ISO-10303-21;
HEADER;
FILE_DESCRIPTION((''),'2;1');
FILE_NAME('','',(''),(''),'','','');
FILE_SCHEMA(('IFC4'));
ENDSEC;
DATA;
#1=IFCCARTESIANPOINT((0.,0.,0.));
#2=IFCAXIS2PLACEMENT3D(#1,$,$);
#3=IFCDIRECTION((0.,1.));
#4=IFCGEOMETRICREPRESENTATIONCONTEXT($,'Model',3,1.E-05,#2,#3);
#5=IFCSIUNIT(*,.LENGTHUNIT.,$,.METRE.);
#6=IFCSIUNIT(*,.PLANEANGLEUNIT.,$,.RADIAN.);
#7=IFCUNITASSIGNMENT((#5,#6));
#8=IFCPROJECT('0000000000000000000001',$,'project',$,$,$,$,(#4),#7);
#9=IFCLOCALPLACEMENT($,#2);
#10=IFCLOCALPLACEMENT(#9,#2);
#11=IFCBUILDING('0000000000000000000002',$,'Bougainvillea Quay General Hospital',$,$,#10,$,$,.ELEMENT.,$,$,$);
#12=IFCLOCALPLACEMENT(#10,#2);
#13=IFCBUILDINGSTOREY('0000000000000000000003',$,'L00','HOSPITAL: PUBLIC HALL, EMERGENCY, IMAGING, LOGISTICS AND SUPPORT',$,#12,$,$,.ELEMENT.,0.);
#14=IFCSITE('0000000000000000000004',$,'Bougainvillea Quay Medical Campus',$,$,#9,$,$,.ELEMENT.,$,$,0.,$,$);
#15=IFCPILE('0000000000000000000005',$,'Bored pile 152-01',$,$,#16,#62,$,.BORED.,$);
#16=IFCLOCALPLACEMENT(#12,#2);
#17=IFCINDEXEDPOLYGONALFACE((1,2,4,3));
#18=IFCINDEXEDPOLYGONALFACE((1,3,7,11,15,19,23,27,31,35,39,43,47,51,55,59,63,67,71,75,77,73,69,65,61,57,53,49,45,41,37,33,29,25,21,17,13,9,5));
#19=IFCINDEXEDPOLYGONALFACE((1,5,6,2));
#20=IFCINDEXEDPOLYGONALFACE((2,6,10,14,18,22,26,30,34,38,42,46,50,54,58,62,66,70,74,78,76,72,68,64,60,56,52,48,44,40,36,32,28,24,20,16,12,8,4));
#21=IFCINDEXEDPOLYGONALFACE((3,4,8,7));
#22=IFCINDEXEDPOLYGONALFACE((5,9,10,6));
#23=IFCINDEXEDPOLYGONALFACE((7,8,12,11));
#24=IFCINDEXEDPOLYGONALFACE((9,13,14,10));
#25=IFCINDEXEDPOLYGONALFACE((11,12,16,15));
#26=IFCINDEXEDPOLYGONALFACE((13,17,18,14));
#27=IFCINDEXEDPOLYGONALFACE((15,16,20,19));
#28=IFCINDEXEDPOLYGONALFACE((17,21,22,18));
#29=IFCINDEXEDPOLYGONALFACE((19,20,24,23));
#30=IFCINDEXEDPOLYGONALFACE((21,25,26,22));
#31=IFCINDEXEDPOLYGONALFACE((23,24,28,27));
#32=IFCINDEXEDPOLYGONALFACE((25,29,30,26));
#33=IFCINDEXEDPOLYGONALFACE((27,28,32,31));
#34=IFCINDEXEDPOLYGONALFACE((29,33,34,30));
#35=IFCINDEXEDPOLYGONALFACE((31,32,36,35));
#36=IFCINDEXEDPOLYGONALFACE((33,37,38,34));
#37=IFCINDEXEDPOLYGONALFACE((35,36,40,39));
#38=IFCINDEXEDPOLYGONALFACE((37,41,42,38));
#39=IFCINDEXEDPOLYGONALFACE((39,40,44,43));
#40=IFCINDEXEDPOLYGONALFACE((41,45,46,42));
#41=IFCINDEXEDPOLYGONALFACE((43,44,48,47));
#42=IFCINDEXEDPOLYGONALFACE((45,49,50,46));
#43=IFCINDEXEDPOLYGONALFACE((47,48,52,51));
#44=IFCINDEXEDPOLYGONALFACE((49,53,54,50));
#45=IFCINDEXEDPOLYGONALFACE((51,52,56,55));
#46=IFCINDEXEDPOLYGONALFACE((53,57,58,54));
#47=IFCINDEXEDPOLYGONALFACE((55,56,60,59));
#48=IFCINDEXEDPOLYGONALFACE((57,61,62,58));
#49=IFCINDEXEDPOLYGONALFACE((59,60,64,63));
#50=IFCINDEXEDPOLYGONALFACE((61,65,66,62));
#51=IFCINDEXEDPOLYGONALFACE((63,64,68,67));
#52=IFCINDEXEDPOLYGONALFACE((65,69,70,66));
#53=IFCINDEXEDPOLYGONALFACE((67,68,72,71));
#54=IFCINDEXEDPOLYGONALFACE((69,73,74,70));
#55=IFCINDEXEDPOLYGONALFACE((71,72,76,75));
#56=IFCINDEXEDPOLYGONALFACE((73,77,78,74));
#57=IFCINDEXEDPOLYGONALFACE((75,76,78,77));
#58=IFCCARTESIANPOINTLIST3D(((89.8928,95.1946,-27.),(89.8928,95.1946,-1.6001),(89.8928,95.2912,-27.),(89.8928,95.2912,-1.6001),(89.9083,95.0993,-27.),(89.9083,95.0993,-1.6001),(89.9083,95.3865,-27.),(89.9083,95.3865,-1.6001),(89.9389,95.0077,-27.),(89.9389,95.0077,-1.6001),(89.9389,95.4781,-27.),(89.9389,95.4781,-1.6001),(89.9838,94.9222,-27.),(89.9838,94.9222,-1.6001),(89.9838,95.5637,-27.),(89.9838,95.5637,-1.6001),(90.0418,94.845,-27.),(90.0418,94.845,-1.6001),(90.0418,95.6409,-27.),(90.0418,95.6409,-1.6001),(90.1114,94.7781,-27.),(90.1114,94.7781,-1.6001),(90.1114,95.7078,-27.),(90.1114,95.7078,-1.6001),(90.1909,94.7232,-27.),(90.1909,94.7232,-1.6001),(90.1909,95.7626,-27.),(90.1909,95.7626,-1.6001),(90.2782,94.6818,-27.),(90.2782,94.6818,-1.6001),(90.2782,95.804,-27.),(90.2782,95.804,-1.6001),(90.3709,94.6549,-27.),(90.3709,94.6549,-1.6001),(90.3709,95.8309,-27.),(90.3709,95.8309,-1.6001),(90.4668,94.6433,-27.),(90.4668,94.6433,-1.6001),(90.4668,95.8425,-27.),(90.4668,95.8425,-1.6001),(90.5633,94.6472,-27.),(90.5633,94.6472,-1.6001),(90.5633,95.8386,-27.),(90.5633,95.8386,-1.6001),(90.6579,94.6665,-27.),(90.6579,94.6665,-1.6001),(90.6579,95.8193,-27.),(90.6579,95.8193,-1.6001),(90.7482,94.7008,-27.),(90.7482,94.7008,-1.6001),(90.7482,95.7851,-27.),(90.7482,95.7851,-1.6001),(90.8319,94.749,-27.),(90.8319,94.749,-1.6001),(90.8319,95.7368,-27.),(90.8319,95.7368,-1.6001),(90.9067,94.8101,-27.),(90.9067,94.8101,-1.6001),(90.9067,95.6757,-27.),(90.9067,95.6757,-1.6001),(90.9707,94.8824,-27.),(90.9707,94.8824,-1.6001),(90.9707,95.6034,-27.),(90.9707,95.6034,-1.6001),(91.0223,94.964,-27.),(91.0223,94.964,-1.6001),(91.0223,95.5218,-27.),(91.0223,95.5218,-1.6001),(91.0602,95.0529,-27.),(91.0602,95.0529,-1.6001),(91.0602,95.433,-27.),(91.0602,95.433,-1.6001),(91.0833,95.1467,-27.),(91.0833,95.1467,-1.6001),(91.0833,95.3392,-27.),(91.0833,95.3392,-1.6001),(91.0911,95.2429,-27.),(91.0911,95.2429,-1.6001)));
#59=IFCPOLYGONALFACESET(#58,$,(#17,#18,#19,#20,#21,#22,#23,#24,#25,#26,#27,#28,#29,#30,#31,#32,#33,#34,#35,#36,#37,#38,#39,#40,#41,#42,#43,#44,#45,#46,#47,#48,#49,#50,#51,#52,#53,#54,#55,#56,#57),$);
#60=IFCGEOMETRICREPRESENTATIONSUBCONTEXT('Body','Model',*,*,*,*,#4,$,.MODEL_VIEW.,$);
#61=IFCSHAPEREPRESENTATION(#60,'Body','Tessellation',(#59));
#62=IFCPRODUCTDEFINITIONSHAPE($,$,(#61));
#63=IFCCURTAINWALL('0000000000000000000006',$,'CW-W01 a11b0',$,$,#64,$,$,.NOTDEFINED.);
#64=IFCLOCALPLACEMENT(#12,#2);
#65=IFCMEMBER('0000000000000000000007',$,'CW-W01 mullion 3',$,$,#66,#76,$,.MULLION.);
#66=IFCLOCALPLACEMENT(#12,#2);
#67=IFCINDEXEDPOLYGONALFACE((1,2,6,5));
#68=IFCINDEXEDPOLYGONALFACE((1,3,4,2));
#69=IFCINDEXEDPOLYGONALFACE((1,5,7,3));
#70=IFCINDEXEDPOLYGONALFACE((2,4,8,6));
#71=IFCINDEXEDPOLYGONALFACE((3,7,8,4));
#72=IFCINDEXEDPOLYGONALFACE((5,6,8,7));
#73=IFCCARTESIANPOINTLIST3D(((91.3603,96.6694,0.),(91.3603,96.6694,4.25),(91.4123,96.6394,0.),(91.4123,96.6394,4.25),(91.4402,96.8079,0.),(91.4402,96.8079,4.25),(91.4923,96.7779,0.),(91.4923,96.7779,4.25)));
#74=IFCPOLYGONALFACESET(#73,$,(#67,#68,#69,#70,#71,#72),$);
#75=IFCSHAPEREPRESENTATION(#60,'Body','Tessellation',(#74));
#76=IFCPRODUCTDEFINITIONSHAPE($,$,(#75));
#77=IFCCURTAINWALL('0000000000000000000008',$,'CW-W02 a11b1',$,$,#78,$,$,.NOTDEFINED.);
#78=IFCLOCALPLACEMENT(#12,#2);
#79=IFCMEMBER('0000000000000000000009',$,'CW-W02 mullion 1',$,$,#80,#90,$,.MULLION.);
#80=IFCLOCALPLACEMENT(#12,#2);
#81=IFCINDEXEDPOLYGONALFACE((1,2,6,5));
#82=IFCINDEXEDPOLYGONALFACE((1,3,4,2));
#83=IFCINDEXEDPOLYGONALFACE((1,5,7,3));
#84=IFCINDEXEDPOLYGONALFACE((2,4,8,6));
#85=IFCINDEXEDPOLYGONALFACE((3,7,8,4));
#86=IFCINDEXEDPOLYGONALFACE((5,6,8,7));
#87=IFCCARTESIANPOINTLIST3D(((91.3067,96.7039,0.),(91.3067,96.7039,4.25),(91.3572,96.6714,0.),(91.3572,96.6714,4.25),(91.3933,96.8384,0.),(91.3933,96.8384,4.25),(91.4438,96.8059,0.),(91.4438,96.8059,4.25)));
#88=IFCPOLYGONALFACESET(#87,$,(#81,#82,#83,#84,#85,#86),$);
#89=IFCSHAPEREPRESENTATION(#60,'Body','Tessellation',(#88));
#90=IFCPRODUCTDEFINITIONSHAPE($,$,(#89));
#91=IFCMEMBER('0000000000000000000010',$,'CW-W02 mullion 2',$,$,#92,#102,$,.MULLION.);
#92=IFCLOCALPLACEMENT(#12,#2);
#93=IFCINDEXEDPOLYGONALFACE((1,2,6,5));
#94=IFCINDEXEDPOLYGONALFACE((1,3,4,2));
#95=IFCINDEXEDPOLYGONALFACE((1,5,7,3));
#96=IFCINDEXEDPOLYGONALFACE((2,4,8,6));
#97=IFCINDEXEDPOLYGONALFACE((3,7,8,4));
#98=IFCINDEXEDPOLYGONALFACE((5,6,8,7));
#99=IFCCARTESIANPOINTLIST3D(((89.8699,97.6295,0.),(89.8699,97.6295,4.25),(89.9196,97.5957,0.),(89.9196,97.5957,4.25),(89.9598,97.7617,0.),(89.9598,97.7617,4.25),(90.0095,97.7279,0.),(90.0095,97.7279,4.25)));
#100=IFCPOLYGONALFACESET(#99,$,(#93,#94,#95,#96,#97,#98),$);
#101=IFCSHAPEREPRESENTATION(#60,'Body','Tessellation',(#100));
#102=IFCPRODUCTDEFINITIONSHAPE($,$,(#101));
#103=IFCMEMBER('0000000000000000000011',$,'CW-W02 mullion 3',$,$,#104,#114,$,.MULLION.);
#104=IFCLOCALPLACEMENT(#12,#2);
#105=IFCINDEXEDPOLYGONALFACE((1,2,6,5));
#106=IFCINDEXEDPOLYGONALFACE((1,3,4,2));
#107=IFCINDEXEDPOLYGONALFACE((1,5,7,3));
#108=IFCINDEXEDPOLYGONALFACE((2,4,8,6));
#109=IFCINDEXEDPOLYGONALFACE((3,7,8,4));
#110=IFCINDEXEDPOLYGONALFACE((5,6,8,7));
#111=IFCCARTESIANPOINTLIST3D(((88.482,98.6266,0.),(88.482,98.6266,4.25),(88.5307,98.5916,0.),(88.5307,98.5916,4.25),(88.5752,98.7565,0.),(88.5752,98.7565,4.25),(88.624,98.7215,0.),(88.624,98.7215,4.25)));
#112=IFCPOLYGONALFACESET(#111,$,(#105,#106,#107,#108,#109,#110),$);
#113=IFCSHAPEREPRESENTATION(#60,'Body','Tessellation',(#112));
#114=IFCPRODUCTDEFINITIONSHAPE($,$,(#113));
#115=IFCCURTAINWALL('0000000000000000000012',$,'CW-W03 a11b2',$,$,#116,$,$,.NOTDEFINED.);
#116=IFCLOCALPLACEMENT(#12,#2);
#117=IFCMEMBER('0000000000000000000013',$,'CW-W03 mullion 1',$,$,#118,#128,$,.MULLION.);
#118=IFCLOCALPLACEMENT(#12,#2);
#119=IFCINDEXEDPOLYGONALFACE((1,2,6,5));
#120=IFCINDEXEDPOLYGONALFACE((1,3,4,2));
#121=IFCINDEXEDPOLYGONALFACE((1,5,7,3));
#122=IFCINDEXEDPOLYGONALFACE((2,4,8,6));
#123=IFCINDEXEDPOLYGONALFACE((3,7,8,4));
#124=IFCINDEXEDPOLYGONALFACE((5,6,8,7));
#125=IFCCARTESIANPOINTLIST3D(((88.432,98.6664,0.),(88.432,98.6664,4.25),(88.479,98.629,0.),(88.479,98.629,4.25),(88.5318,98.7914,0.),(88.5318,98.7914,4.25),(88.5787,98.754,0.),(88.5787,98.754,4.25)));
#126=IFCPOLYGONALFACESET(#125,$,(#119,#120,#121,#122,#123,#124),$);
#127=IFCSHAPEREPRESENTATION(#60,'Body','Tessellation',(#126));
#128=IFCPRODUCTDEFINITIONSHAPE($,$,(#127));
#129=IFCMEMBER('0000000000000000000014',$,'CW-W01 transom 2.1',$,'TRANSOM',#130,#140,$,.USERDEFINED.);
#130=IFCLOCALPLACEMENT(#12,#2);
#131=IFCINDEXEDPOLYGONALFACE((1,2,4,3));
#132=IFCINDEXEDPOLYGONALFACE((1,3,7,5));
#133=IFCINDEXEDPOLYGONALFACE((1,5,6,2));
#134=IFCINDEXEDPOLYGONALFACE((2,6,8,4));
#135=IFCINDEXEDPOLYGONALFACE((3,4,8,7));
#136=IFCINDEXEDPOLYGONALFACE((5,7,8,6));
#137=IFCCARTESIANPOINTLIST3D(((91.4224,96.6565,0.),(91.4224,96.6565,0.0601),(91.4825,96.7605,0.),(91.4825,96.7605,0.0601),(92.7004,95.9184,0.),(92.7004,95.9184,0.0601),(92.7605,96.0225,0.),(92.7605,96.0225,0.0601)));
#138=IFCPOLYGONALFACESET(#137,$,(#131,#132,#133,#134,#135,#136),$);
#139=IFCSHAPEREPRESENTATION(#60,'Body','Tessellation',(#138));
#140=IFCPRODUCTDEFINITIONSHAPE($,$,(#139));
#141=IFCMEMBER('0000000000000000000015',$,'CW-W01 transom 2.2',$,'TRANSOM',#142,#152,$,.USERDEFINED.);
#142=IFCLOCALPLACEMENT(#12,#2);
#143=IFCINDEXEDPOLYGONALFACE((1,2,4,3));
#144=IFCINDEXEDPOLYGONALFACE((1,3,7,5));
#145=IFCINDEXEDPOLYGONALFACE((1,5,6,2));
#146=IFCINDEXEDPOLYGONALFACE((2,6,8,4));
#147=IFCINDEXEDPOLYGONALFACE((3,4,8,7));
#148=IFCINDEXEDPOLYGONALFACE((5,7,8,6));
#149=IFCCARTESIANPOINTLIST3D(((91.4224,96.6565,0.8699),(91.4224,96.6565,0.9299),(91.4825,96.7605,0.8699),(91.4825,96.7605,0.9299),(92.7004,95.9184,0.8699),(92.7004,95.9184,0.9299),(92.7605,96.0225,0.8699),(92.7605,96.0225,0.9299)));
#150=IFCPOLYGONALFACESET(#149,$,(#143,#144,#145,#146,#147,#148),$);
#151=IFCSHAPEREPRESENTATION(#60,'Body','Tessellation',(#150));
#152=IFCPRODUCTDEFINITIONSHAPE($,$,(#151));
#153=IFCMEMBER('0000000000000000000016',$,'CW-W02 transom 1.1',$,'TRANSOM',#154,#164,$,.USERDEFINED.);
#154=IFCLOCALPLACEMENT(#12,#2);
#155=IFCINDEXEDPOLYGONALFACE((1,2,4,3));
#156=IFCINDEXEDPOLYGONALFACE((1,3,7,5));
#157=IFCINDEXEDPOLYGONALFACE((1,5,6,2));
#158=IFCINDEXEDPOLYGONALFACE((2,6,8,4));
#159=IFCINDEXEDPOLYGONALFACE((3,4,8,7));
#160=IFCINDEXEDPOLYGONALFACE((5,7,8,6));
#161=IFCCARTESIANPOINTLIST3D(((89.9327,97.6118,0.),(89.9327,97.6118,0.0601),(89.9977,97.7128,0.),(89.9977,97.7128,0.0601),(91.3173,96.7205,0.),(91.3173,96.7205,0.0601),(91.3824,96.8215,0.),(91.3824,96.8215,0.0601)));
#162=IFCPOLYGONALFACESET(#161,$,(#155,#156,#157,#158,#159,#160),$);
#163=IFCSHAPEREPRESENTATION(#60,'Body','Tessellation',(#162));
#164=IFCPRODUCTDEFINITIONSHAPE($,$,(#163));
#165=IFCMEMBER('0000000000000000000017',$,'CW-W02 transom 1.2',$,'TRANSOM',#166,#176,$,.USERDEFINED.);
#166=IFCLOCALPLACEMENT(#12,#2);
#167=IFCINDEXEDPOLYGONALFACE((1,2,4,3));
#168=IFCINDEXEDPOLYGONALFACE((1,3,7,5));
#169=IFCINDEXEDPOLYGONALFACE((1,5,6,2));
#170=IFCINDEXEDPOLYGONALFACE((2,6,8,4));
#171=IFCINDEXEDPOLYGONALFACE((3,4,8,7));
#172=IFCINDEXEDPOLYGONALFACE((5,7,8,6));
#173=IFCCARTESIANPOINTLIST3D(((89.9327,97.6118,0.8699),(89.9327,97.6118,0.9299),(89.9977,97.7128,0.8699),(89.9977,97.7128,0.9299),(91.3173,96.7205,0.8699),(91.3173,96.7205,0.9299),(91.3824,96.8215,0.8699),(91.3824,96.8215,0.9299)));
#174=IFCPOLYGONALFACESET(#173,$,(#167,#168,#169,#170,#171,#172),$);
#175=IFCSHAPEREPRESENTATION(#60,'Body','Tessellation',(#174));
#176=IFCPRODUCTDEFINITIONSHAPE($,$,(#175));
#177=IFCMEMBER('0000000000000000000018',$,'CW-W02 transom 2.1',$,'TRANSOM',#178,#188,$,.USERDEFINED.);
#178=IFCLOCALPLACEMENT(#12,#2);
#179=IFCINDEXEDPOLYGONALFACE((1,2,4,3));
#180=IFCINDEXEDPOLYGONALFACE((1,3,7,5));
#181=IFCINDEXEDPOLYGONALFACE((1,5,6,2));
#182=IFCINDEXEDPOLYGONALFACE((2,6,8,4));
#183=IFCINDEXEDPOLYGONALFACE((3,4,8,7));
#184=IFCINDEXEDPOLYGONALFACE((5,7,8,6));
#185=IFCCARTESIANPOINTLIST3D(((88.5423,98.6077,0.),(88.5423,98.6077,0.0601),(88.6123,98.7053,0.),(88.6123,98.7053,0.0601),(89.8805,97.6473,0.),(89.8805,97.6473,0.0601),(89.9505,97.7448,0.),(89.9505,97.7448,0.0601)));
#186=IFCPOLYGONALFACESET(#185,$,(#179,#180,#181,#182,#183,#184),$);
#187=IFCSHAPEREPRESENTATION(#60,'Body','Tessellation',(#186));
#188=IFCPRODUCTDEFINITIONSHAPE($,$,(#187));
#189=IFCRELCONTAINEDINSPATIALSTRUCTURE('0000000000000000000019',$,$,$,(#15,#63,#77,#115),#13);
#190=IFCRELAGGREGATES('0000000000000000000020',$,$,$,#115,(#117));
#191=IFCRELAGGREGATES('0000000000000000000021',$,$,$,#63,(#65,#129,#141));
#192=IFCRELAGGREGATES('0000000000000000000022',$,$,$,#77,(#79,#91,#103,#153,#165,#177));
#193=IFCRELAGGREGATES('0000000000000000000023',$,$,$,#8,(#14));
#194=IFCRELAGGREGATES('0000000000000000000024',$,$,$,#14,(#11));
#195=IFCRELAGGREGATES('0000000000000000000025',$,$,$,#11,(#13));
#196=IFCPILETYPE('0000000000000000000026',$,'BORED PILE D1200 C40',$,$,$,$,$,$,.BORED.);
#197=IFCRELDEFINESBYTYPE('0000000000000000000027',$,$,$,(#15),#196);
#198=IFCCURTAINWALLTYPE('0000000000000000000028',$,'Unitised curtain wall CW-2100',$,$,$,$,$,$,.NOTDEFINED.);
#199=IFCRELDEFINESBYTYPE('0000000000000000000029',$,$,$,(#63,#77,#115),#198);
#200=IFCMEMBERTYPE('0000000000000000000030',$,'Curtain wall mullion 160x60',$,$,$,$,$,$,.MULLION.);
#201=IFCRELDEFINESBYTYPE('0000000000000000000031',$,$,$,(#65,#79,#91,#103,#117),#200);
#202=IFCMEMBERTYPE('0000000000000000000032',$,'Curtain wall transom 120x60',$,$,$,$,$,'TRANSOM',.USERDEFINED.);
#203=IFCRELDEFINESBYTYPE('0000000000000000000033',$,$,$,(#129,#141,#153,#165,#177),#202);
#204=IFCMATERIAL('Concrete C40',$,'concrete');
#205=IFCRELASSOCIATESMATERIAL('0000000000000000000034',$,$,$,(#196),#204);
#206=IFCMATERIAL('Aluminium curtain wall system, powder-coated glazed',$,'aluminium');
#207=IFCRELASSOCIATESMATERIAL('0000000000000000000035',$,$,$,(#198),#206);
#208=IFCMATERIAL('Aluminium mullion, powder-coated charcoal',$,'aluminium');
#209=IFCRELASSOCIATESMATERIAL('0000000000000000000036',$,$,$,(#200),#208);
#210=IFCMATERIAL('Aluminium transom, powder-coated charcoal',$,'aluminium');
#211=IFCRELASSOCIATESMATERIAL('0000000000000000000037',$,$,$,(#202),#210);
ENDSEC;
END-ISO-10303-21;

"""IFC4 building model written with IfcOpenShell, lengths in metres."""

from ifc_helpers import new_model, si_unit, direction, frame, origin, origin_2d, place, context, subcontext, project, spatial, rectangle, circle, extrude, material, material_profile, profile_set, type_object, element, aggregate, save


model = new_model("IFC4")

# Units and contexts
model_context = context("Model", 3, precision=1e-05, world=origin(), true_north=direction((0.0, 1.0)))
body_context = subcontext(model_context, "Body", "Model", "MODEL_VIEW")
ifc_project = project(units=[si_unit("LENGTHUNIT", "METRE"), si_unit("PLANEANGLEUNIT", "RADIAN")], contexts=[model_context])

# Site, building, storey
site_placement = place(None, origin())
site = spatial("IfcSite", under=ifc_project, at=site_placement, Name="Bougainvillea Quay Medical Campus", CompositionType="ELEMENT", RefElevation=0.0)
building_placement = place(site_placement, origin())
building = spatial("IfcBuilding", under=site, at=building_placement, Name="Bougainvillea Quay General Hospital", CompositionType="ELEMENT")
storey_placement = place(building_placement, origin())
storey = spatial("IfcBuildingStorey", under=building, at=storey_placement, Name="L00", Description="HOSPITAL: PUBLIC HALL, EMERGENCY, IMAGING, LOGISTICS AND SUPPORT", CompositionType="ELEMENT", Elevation=0.0)

# Pile
ifc_material_1 = material(Name="Concrete C40", Category="concrete")
ifc_material_profile_1 = material_profile(ifc_material_1, circle(Radius=0.6001, at=origin_2d()))
ifc_profile_set_1 = profile_set([ifc_material_profile_1], Name="Concrete C40")
pile_type = type_object("IfcPileType", Name="BORED PILE D1200 C40", PredefinedType="BORED", material=ifc_profile_set_1)
pile_placement = place(storey_placement, frame((90.491, 95.2429, -1.6001), z_axis=(0.0, 0.0, -1.0), x_axis=(1.0, 0.0, 0.0)))
element("IfcPile", 1, at=pile_placement, inside=storey, type_object=pile_type, Name="Bored pile 152-01", PredefinedType="BORED", context=body_context, shape_type="SweptSolid", body=[
    extrude(circle(Radius=0.6001, at=origin_2d()), origin(), (0.0, 0.0, 1.0), 25.3999),
])

# Curtain wall, member
ifc_material_2 = material(Name="Aluminium curtain wall system, powder-coated glazed", Category="aluminium")
curtain_wall_type = type_object("IfcCurtainWallType", Name="Unitised curtain wall CW-2100", PredefinedType="NOTDEFINED", material=ifc_material_2)
curtain_wall_1_placement = place(storey_placement, origin())
curtain_wall_1 = element("IfcCurtainWall", 2, at=curtain_wall_1_placement, inside=storey, type_object=curtain_wall_type, Name="CW-W01 a11b0", PredefinedType="NOTDEFINED")
ifc_material_3 = material(Name="Aluminium mullion, powder-coated charcoal", Category="aluminium")
ifc_material_profile_2 = material_profile(ifc_material_3, rectangle(XDim=0.1599, YDim=0.0601, at=origin_2d()))
ifc_profile_set_2 = profile_set([ifc_material_profile_2], Name="Aluminium mullion, powder-coated charcoal")
member_type_1 = type_object("IfcMemberType", Name="Curtain wall mullion 160x60", PredefinedType="MULLION", material=ifc_profile_set_2)
member_1_placement = place(storey_placement, frame((91.4263, 96.7236, 0.0), z_axis=(0.0, 0.0, 1.0), x_axis=(-0.500031, -0.866007, 0.0)))
member_1 = element("IfcMember", 3, at=member_1_placement, type_object=member_type_1, Name="CW-W01 mullion 3", PredefinedType="MULLION", context=body_context, shape_type="SweptSolid", body=[
    extrude(rectangle(XDim=0.1599, YDim=0.0601, at=origin_2d()), origin(), (0.0, 0.0, 1.0), 4.25),
])

# Curtain wall, members
curtain_wall_2_placement = place(storey_placement, origin())
curtain_wall_2 = element("IfcCurtainWall", 4, at=curtain_wall_2_placement, inside=storey, type_object=curtain_wall_type, Name="CW-W02 a11b1", PredefinedType="NOTDEFINED")
member_2_placement = place(storey_placement, frame((91.3752, 96.7549, 0.0), z_axis=(0.0, 0.0, 1.0), x_axis=(-0.541195, -0.840897, 0.0)))
member_2 = element("IfcMember", 5, at=member_2_placement, type_object=member_type_1, Name="CW-W02 mullion 1", PredefinedType="MULLION", context=body_context, shape_type="SweptSolid", body=[
    extrude(rectangle(XDim=0.1599, YDim=0.0601, at=origin_2d()), origin(), (0.0, 0.0, 1.0), 4.25),
])
member_3_placement = place(storey_placement, frame((89.9397, 97.6787, 0.0), z_axis=(0.0, 0.0, 1.0), x_axis=(-0.562343, -0.826904, 0.0)))
member_3 = element("IfcMember", 6, at=member_3_placement, type_object=member_type_1, Name="CW-W02 mullion 2", PredefinedType="MULLION", context=body_context, shape_type="SweptSolid", body=[
    extrude(rectangle(XDim=0.1599, YDim=0.0601, at=origin_2d()), origin(), (0.0, 0.0, 1.0), 4.25),
])
member_4_placement = place(storey_placement, frame((88.553, 98.6741, 0.0), z_axis=(0.0, 0.0, 1.0), x_axis=(-0.58313, -0.812379, 0.0)))
member_4 = element("IfcMember", 7, at=member_4_placement, type_object=member_type_1, Name="CW-W02 mullion 3", PredefinedType="MULLION", context=body_context, shape_type="SweptSolid", body=[
    extrude(rectangle(XDim=0.1599, YDim=0.0601, at=origin_2d()), origin(), (0.0, 0.0, 1.0), 4.25),
])

# Curtain wall, member
curtain_wall_3_placement = place(storey_placement, origin())
curtain_wall_3 = element("IfcCurtainWall", 8, at=curtain_wall_3_placement, inside=storey, type_object=curtain_wall_type, Name="CW-W03 a11b2", PredefinedType="NOTDEFINED")
member_5_placement = place(storey_placement, frame((88.5054, 98.7102, 0.0), z_axis=(0.0, 0.0, 1.0), x_axis=(-0.623566, -0.781771, 0.0)))
member_5 = element("IfcMember", 9, at=member_5_placement, type_object=member_type_1, Name="CW-W03 mullion 1", PredefinedType="MULLION", context=body_context, shape_type="SweptSolid", body=[
    extrude(rectangle(XDim=0.1599, YDim=0.0601, at=origin_2d()), origin(), (0.0, 0.0, 1.0), 4.25),
])
aggregate(curtain_wall_3, [member_5])

# Members
ifc_material_4 = material(Name="Aluminium transom, powder-coated charcoal", Category="aluminium")
ifc_material_profile_3 = material_profile(ifc_material_4, rectangle(XDim=0.1201, YDim=0.0601, at=origin_2d()))
ifc_profile_set_3 = profile_set([ifc_material_profile_3], Name="Aluminium transom, powder-coated charcoal")
member_type_2 = type_object("IfcMemberType", Name="Curtain wall transom 120x60", ElementType="TRANSOM", PredefinedType="USERDEFINED", material=ifc_profile_set_3)
member_6_placement = place(storey_placement, frame((92.7305, 95.9705, 0.03), z_axis=(-0.865984, 0.500071, 0.0), x_axis=(-0.500071, -0.865984, 0.0)))
member_6 = element("IfcMember", 10, at=member_6_placement, type_object=member_type_2, Name="CW-W01 transom 2.1", ObjectType="TRANSOM", PredefinedType="USERDEFINED", context=body_context, shape_type="SweptSolid", body=[
    extrude(rectangle(XDim=0.1201, YDim=0.0601, at=origin_2d()), origin(), (0.0, 0.0, 1.0), 1.4758),
])
member_7_placement = place(storey_placement, frame((92.7305, 95.9705, 0.8999), z_axis=(-0.865984, 0.500071, 0.0), x_axis=(-0.500071, -0.865984, 0.0)))
member_7 = element("IfcMember", 11, at=member_7_placement, type_object=member_type_2, Name="CW-W01 transom 2.2", ObjectType="TRANSOM", PredefinedType="USERDEFINED", context=body_context, shape_type="SweptSolid", body=[
    extrude(rectangle(XDim=0.1201, YDim=0.0601, at=origin_2d()), origin(), (0.0, 0.0, 1.0), 1.4758),
])
member_8_placement = place(storey_placement, frame((91.3499, 96.771, 0.03), z_axis=(-0.84086, 0.541252, 0.0), x_axis=(-0.541252, -0.84086, 0.0)))
member_8 = element("IfcMember", 12, at=member_8_placement, type_object=member_type_2, Name="CW-W02 transom 1.1", ObjectType="TRANSOM", PredefinedType="USERDEFINED", context=body_context, shape_type="SweptSolid", body=[
    extrude(rectangle(XDim=0.1201, YDim=0.0601, at=origin_2d()), origin(), (0.0, 0.0, 1.0), 1.6467),
])
member_9_placement = place(storey_placement, frame((91.3499, 96.771, 0.8999), z_axis=(-0.84086, 0.541252, 0.0), x_axis=(-0.541252, -0.84086, 0.0)))
member_9 = element("IfcMember", 13, at=member_9_placement, type_object=member_type_2, Name="CW-W02 transom 1.2", ObjectType="TRANSOM", PredefinedType="USERDEFINED", context=body_context, shape_type="SweptSolid", body=[
    extrude(rectangle(XDim=0.1201, YDim=0.0601, at=origin_2d()), origin(), (0.0, 0.0, 1.0), 1.6467),
])
member_10_placement = place(storey_placement, frame((89.9155, 97.696, 0.03), z_axis=(-0.812399, 0.583101, 0.0), x_axis=(-0.583101, -0.812399, 0.0)))
member_10 = element("IfcMember", 14, at=member_10_placement, type_object=member_type_2, Name="CW-W02 transom 2.1", ObjectType="TRANSOM", PredefinedType="USERDEFINED", context=body_context, shape_type="SweptSolid", body=[
    extrude(rectangle(XDim=0.1201, YDim=0.0601, at=origin_2d()), origin(), (0.0, 0.0, 1.0), 1.6472),
])

aggregate(curtain_wall_1, [member_1, member_6, member_7])
aggregate(curtain_wall_2, [member_2, member_3, member_4, member_8, member_9, member_10])

save(model, "model.ifc")
